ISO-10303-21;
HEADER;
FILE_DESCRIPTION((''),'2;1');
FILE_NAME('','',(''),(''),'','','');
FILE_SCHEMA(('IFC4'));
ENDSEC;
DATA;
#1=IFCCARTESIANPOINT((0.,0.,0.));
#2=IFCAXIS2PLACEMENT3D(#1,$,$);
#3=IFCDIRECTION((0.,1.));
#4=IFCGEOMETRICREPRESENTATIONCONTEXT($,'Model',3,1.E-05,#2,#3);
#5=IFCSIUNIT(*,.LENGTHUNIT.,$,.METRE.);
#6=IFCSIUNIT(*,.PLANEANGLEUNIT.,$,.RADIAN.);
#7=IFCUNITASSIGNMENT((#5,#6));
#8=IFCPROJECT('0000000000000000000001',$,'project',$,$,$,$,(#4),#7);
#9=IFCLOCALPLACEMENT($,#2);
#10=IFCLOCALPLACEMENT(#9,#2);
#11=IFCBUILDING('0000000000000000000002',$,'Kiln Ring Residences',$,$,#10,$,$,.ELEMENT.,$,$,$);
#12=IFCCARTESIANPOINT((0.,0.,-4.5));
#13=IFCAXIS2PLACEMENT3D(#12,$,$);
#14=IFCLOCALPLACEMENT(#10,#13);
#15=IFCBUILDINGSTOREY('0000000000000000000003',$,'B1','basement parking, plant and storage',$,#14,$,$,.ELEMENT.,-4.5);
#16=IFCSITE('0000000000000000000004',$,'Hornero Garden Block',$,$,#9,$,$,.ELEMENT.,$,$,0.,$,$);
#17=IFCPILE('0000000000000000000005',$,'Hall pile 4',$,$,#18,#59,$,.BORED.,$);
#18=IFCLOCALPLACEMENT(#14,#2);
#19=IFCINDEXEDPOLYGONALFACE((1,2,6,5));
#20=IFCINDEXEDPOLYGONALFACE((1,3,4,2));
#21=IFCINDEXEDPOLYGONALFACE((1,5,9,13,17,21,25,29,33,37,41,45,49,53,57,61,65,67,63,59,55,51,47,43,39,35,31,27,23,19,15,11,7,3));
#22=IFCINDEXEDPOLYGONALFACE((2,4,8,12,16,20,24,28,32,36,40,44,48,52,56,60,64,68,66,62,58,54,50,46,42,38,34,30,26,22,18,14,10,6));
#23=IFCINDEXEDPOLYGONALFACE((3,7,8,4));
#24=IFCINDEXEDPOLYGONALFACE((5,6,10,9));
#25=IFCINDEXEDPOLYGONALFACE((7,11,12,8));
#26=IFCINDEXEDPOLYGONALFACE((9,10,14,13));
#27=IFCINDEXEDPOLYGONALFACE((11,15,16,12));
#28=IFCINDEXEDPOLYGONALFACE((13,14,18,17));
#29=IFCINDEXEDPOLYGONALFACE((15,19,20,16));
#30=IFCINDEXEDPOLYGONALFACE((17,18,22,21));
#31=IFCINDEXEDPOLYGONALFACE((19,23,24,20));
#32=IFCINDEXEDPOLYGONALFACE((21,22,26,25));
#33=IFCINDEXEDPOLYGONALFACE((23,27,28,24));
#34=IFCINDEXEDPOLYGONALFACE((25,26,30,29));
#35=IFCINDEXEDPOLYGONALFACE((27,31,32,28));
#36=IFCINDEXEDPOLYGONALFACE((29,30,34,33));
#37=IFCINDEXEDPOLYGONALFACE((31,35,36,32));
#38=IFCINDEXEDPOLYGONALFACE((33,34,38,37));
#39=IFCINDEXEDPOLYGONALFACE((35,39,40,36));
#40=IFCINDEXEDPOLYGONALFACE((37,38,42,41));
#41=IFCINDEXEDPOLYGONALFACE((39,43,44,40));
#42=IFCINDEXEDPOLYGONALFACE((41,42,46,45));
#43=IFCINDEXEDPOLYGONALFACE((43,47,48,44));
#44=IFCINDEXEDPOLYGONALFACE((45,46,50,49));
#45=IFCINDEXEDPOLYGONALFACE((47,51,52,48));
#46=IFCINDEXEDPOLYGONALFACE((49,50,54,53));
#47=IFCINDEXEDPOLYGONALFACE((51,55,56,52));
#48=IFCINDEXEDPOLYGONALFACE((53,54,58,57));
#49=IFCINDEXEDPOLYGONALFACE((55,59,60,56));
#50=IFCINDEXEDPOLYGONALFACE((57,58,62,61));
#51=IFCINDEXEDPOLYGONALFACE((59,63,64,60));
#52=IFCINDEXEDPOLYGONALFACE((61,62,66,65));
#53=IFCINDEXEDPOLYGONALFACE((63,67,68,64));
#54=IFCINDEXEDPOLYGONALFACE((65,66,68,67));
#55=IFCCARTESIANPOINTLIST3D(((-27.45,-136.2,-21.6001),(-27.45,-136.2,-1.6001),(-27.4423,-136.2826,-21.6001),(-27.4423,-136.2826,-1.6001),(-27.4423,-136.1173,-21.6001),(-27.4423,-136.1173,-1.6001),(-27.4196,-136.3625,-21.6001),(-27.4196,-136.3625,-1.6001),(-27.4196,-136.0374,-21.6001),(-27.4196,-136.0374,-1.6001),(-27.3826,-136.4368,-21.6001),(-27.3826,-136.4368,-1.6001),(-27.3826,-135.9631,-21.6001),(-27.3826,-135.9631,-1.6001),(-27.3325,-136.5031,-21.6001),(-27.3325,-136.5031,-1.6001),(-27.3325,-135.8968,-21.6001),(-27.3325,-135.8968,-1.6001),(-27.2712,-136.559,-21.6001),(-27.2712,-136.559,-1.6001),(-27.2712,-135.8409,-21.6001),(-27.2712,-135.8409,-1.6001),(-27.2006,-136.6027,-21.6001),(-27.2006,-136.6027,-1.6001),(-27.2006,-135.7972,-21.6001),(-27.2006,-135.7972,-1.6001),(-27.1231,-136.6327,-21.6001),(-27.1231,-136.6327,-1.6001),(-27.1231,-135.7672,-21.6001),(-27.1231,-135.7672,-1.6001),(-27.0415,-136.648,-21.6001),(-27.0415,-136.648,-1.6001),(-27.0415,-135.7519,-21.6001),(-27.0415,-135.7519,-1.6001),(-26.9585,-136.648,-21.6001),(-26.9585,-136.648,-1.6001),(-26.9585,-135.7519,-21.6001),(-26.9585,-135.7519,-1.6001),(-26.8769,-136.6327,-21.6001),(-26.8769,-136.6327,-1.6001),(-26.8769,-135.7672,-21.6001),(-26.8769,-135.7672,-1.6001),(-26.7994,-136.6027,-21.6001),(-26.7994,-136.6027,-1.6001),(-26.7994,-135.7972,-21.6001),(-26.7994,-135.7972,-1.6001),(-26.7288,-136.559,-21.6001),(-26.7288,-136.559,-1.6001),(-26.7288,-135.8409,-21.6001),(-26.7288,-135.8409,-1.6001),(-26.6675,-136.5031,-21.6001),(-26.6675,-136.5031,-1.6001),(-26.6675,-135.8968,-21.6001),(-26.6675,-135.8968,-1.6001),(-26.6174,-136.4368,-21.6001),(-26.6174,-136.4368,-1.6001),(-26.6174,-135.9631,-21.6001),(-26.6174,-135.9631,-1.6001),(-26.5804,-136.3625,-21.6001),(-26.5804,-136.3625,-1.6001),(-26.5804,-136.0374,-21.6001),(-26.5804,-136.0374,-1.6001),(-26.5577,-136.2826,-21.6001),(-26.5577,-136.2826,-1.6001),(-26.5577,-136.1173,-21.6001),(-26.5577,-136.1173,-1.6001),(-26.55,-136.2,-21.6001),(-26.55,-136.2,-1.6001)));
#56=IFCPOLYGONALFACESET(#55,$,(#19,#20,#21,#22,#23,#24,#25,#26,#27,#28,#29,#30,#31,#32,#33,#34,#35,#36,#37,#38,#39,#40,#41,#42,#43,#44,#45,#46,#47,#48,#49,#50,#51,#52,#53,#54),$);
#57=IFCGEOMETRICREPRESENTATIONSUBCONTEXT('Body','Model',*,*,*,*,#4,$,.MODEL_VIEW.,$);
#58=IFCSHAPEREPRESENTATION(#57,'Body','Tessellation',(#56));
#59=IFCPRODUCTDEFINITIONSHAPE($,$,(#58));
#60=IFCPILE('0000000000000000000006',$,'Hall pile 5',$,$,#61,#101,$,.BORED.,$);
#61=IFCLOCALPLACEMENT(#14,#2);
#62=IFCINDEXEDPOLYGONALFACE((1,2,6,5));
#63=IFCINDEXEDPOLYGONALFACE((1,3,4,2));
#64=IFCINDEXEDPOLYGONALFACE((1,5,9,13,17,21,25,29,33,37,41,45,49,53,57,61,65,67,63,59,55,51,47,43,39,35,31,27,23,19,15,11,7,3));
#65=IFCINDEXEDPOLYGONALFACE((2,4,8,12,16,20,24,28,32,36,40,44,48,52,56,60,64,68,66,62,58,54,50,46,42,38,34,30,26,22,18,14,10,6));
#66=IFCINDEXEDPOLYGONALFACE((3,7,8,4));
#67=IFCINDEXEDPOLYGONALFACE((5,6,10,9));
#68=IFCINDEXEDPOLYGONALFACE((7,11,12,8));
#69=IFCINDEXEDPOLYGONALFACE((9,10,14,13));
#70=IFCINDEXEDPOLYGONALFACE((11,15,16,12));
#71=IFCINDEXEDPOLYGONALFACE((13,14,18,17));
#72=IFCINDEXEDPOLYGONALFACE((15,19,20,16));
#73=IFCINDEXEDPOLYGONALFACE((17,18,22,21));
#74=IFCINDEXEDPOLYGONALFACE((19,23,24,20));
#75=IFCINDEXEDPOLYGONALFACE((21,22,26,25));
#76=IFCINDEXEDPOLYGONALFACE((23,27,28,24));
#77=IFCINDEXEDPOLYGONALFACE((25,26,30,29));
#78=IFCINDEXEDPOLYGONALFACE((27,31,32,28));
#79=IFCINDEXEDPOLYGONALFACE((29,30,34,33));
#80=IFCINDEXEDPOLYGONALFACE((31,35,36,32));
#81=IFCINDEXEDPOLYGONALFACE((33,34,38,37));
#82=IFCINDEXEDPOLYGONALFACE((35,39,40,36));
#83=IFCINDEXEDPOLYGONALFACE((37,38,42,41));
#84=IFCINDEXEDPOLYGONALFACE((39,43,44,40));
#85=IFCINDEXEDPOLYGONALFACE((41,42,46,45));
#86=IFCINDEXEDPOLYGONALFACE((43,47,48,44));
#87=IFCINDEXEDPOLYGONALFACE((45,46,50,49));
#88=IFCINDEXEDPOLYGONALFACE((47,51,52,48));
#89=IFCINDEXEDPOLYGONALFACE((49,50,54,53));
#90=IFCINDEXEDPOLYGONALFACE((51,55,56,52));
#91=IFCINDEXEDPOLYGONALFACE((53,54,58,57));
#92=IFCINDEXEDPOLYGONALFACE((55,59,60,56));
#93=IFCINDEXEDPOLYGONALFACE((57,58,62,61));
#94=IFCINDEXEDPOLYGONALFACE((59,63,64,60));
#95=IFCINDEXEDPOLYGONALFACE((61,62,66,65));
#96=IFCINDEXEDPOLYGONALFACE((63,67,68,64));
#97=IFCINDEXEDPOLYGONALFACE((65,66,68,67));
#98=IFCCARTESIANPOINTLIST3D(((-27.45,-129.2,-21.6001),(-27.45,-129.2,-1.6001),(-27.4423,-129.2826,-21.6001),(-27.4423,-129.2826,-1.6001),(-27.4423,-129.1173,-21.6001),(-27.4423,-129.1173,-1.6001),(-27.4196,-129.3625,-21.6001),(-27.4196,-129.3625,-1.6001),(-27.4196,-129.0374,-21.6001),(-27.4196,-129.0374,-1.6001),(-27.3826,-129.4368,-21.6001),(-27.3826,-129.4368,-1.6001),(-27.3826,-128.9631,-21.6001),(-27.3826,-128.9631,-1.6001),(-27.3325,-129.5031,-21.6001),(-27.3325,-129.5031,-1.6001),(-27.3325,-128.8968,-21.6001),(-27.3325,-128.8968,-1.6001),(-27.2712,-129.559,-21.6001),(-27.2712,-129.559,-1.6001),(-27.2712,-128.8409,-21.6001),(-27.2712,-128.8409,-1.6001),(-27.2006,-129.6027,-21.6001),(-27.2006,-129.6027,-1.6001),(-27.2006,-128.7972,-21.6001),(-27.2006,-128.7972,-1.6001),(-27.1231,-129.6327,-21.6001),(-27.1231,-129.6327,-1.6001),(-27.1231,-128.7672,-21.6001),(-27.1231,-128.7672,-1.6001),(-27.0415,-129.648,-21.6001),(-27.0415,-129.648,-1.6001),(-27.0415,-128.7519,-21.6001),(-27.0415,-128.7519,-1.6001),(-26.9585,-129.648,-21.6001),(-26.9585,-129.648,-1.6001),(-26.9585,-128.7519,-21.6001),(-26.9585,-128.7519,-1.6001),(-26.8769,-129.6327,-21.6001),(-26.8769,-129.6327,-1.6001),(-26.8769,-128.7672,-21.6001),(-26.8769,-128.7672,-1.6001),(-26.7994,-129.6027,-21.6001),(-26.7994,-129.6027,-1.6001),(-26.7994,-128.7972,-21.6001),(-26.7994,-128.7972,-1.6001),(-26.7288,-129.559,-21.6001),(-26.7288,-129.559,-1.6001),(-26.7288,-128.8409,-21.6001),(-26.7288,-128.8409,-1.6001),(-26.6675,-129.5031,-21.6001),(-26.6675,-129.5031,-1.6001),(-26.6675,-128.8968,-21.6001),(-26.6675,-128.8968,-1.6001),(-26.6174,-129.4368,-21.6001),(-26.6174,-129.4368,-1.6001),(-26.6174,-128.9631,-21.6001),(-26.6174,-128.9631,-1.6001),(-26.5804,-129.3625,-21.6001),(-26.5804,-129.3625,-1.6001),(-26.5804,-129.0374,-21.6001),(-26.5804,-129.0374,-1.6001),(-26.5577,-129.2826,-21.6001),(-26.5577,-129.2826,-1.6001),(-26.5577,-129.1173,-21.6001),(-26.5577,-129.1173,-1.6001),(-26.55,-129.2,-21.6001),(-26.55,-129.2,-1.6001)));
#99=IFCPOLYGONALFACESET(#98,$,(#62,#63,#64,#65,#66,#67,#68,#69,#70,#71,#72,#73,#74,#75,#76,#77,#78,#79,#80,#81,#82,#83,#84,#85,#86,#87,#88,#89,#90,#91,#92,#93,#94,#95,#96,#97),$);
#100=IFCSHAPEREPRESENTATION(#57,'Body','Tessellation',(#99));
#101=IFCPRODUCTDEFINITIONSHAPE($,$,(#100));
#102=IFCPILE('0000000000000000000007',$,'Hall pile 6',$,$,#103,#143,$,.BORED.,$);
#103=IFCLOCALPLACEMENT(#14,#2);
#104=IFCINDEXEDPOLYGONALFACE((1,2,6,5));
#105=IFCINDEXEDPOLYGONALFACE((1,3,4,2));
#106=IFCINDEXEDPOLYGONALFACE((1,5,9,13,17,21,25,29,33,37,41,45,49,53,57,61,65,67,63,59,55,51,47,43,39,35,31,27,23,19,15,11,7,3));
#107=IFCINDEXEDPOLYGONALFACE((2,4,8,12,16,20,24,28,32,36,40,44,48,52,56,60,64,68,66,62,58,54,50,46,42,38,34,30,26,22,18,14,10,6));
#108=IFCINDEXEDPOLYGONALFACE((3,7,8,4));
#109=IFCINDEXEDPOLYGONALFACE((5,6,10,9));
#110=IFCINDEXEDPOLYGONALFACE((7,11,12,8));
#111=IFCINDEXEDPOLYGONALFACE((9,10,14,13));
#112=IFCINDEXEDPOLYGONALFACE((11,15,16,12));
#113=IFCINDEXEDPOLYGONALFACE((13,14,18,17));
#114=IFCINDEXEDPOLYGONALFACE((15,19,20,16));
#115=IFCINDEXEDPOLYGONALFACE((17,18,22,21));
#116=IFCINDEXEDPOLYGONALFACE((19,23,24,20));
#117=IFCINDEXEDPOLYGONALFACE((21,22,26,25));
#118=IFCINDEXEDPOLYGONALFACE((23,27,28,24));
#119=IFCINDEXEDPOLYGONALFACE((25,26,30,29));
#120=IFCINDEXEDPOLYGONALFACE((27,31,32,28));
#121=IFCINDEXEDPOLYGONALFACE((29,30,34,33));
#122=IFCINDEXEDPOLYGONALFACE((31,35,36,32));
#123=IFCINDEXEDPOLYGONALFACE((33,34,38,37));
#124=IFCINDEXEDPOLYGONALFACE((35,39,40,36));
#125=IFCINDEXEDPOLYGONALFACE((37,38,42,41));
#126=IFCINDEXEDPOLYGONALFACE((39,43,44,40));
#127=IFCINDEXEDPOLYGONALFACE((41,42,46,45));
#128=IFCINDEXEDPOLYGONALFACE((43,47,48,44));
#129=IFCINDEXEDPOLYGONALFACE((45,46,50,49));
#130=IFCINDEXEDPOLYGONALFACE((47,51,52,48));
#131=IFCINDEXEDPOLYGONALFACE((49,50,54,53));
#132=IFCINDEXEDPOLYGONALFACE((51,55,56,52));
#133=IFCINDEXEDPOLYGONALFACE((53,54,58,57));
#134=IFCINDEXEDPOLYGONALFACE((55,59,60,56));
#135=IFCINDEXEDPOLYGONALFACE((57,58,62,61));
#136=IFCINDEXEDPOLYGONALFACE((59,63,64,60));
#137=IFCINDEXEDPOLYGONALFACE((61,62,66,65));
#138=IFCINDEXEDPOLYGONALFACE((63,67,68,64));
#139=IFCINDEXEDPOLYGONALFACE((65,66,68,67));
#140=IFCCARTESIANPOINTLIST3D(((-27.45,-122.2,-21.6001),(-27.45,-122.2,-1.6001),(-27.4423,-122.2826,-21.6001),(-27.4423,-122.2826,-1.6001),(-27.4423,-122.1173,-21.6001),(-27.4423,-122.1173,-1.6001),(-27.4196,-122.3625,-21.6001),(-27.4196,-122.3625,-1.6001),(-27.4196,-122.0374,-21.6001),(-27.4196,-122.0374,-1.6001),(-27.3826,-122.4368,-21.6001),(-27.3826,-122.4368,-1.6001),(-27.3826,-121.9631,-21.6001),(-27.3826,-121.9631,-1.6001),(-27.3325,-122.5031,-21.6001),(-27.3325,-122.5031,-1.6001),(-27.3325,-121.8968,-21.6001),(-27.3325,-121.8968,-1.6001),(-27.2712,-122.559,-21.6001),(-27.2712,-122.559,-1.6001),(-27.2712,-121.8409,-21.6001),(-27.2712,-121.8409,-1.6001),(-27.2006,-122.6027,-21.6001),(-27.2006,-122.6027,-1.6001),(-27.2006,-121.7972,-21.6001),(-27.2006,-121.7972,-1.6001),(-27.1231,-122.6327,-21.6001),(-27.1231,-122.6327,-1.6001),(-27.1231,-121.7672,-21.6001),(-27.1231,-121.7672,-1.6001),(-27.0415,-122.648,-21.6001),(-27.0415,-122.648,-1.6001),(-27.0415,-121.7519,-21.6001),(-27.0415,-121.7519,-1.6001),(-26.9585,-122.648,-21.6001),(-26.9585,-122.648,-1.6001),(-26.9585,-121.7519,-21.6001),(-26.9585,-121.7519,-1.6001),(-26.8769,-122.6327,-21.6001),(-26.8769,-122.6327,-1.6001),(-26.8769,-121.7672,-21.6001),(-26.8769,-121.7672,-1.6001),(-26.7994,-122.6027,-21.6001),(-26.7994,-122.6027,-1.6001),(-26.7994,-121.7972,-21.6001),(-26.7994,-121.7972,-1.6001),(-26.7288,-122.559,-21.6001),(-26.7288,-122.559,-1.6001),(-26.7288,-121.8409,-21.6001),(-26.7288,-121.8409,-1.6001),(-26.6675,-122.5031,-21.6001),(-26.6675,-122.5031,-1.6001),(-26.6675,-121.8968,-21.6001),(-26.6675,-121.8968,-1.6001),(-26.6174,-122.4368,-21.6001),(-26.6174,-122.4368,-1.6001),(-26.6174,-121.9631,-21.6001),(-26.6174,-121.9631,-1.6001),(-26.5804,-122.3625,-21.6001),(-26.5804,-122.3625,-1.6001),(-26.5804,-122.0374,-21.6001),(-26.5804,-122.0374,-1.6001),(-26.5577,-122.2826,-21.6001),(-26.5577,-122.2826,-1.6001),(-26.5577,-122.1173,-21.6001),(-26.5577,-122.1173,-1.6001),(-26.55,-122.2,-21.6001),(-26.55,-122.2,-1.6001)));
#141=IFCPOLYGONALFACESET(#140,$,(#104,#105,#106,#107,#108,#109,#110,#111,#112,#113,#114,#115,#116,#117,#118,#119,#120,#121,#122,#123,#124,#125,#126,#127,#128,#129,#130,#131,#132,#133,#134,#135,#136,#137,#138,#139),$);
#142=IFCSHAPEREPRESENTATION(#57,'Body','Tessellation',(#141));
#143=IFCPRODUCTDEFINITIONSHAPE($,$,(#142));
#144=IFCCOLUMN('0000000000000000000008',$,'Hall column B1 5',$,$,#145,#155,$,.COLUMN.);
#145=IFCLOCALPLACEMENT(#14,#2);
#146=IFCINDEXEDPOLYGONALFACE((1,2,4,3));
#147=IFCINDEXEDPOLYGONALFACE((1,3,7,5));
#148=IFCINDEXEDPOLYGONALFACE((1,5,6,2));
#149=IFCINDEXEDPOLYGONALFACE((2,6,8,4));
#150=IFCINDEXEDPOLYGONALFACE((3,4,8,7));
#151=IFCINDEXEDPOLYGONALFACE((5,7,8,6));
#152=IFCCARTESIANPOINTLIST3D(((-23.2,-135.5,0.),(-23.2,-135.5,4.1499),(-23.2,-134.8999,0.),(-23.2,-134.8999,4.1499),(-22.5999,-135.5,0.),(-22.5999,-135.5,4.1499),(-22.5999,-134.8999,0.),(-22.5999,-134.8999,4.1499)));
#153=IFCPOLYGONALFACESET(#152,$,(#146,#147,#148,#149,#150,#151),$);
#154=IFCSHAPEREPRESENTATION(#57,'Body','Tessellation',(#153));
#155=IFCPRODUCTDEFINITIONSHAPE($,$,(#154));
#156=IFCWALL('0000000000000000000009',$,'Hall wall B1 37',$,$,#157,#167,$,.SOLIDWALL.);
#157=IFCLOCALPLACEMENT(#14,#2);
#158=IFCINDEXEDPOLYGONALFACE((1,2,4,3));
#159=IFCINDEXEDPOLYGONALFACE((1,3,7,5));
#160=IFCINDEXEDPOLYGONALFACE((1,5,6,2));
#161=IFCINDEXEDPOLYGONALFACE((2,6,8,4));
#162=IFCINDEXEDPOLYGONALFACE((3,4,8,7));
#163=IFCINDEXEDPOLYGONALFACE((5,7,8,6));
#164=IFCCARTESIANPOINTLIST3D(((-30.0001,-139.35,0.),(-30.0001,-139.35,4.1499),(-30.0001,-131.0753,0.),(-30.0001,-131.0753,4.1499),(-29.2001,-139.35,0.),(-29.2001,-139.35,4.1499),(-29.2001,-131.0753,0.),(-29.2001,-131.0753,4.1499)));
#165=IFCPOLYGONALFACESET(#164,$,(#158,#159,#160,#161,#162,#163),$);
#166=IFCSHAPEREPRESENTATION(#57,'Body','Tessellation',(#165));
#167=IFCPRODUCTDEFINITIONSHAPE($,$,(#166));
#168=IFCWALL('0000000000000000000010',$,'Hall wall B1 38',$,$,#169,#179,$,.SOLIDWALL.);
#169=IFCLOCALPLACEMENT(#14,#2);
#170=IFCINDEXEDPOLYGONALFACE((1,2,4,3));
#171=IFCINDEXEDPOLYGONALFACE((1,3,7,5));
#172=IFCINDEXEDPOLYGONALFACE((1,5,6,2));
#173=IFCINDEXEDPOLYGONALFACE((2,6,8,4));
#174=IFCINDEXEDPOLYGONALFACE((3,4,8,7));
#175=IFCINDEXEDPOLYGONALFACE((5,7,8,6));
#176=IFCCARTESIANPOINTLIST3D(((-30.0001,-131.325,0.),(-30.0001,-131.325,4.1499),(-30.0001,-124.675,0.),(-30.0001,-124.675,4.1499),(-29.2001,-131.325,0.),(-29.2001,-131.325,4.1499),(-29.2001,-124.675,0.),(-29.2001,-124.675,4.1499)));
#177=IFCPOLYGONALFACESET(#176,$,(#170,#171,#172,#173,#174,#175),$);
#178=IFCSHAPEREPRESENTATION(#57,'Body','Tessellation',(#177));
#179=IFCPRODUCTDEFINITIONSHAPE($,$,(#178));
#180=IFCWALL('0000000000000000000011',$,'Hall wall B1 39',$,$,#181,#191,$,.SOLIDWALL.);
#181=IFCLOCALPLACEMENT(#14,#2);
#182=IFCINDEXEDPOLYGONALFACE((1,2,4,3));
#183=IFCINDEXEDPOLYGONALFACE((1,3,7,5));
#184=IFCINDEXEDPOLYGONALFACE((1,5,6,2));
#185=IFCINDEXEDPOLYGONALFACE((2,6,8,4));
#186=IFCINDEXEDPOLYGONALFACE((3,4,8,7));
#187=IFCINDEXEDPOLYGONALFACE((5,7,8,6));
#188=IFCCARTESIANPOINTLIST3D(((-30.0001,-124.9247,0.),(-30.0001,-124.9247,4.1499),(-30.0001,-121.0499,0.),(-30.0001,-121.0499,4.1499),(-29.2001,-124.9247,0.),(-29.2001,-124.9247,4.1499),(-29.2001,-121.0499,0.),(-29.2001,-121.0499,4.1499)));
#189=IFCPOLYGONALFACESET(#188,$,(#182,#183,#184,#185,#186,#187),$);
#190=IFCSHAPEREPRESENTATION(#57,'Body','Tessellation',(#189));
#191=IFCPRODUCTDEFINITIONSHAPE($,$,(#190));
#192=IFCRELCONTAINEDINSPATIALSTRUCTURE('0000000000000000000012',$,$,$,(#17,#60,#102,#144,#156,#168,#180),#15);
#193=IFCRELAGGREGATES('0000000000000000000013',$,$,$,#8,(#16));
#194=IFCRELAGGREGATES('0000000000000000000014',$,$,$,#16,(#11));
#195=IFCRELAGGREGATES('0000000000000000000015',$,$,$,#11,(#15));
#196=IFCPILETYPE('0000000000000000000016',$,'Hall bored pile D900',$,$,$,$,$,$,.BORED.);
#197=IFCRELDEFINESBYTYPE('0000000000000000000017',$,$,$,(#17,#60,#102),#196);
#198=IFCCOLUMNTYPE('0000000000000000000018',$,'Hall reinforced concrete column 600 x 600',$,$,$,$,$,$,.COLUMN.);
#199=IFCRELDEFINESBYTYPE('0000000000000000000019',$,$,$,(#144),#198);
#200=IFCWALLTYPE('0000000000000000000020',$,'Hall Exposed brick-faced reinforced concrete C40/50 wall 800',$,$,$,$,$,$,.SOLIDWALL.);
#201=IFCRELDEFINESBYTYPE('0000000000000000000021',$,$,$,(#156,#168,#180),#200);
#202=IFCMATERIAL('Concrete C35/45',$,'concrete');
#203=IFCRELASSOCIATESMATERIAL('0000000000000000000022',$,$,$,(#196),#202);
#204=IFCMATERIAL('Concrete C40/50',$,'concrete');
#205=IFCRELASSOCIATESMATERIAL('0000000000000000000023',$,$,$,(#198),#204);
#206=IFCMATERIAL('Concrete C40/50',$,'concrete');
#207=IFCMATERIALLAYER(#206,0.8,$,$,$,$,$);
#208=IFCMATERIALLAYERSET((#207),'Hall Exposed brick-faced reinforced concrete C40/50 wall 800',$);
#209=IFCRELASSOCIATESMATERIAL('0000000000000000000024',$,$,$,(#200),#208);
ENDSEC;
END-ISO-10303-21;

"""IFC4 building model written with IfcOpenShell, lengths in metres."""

from ifc_helpers import new_model, si_unit, direction, frame, frame_2d, origin, origin_2d, place, context, subcontext, project, spatial, rectangle, circle, extrude, material, layer, layer_set, material_profile, profile_set, type_object, element, save


model = new_model("IFC4")

# Units and contexts
model_context = context("Model", 3, precision=1e-05, world=origin(), true_north=direction((0.0, 1.0)))
body_context = subcontext(model_context, "Body", "Model", "MODEL_VIEW")
ifc_project = project(units=[si_unit("LENGTHUNIT", "METRE"), si_unit("PLANEANGLEUNIT", "RADIAN")], contexts=[model_context])

# Site, building, storey
site_placement = place(None, origin())
site = spatial("IfcSite", under=ifc_project, at=site_placement, Name="Hornero Garden Block", CompositionType="ELEMENT", RefElevation=0.0)
building_placement = place(site_placement, origin())
building = spatial("IfcBuilding", under=site, at=building_placement, Name="Kiln Ring Residences", CompositionType="ELEMENT")
storey_placement = place(building_placement, frame((0.0, 0.0, -4.5)))
storey = spatial("IfcBuildingStorey", under=building, at=storey_placement, Name="B1", Description="basement parking, plant and storage", CompositionType="ELEMENT", Elevation=-4.5)

# Piles
ifc_material_1 = material(Name="Concrete C35/45", Category="concrete")
ifc_material_profile_1 = material_profile(ifc_material_1, circle(Radius=0.45, at=origin_2d()), Name="Hall bored pile D900")
ifc_profile_set_1 = profile_set([ifc_material_profile_1], Name="Concrete C35/45")
pile_type = type_object("IfcPileType", Name="Hall bored pile D900", PredefinedType="BORED", material=ifc_profile_set_1)
for number, where, z_axis, x_axis, name in (
    (1, (-27.0, -136.2, -1.6001), (0.0, 0.0, -1.0), (1.0, 0.0, 0.0), "Hall pile 4"),
    (2, (-27.0, -129.2, -1.6001), (0.0, 0.0, -1.0), (1.0, 0.0, 0.0), "Hall pile 5"),
    (3, (-27.0, -122.2, -1.6001), (0.0, 0.0, -1.0), (1.0, 0.0, 0.0), "Hall pile 6"),
):
    element("IfcPile", number, at=place(storey_placement, frame(where, z_axis=z_axis, x_axis=x_axis)), inside=storey, type_object=pile_type, Name=name, PredefinedType="BORED", context=body_context, shape_type="SweptSolid", body=[
        extrude(circle(Radius=0.45, at=origin_2d()), origin(), (0.0, 0.0, 1.0), 20.0),
    ])

# Column
ifc_material_2 = material(Name="Concrete C40/50", Category="concrete")
ifc_material_profile_2 = material_profile(ifc_material_2, rectangle(XDim=0.6001, YDim=0.6001, at=origin_2d()), Name="Hall reinforced concrete column 600 x 600")
ifc_profile_set_2 = profile_set([ifc_material_profile_2], Name="Concrete C40/50")
column_type = type_object("IfcColumnType", Name="Hall reinforced concrete column 600 x 600", PredefinedType="COLUMN", material=ifc_profile_set_2)
column_placement = place(storey_placement, frame((-22.8999, -135.2, 0.0), z_axis=(0.0, 0.0, 1.0), x_axis=(1.0, 0.0, 0.0)))
element("IfcColumn", 4, at=column_placement, inside=storey, type_object=column_type, Name="Hall column B1 5", PredefinedType="COLUMN", context=body_context, shape_type="SweptSolid", body=[
    extrude(rectangle(XDim=0.6001, YDim=0.6001, at=origin_2d()), origin(), (0.0, 0.0, 1.0), 4.1499),
])

# Walls
ifc_material_3 = material(Name="Concrete C40/50", Category="concrete")
ifc_layer_1 = layer(ifc_material_3, 0.8)
ifc_layer_set_1 = layer_set([ifc_layer_1], Name="Hall Exposed brick-faced reinforced concrete C40/50 wall 800")
wall_type_1 = type_object("IfcWallType", Name="Hall Exposed brick-faced reinforced concrete C40/50 wall 800", PredefinedType="SOLIDWALL", material=ifc_layer_set_1)
wall_1_placement = place(storey_placement, frame((-29.6001, -139.3499, 0.0), z_axis=(0.0, 0.0, 1.0), x_axis=(0.0, 1.0, 0.0)))
element("IfcWall", 5, at=wall_1_placement, inside=storey, type_object=wall_type_1, Name="Hall wall B1 37", PredefinedType="SOLIDWALL", context=body_context, shape_type="SweptSolid", body=[
    extrude(rectangle(XDim=8.2747, YDim=0.8, at=frame_2d((4.1372, 0.0))), origin(), (0.0, 0.0, 1.0), 4.1499),
])
wall_2_placement = place(storey_placement, frame((-29.6001, -131.325, 0.0), z_axis=(0.0, 0.0, 1.0), x_axis=(0.0, 1.0, 0.0)))
element("IfcWall", 6, at=wall_2_placement, inside=storey, type_object=wall_type_1, Name="Hall wall B1 38", PredefinedType="SOLIDWALL", context=body_context, shape_type="SweptSolid", body=[
    extrude(rectangle(XDim=6.6499, YDim=0.8, at=frame_2d((3.325, 0.0))), origin(), (0.0, 0.0, 1.0), 4.1499),
])
wall_3_placement = place(storey_placement, frame((-29.6001, -124.9248, 0.0), z_axis=(0.0, 0.0, 1.0), x_axis=(0.0, 1.0, 0.0)))
element("IfcWall", 7, at=wall_3_placement, inside=storey, type_object=wall_type_1, Name="Hall wall B1 39", PredefinedType="SOLIDWALL", context=body_context, shape_type="SweptSolid", body=[
    extrude(rectangle(XDim=3.8748, YDim=0.8, at=frame_2d((1.9375, 0.0))), origin(), (0.0, 0.0, 1.0), 4.1499),
])

save(model, "model.ifc")
